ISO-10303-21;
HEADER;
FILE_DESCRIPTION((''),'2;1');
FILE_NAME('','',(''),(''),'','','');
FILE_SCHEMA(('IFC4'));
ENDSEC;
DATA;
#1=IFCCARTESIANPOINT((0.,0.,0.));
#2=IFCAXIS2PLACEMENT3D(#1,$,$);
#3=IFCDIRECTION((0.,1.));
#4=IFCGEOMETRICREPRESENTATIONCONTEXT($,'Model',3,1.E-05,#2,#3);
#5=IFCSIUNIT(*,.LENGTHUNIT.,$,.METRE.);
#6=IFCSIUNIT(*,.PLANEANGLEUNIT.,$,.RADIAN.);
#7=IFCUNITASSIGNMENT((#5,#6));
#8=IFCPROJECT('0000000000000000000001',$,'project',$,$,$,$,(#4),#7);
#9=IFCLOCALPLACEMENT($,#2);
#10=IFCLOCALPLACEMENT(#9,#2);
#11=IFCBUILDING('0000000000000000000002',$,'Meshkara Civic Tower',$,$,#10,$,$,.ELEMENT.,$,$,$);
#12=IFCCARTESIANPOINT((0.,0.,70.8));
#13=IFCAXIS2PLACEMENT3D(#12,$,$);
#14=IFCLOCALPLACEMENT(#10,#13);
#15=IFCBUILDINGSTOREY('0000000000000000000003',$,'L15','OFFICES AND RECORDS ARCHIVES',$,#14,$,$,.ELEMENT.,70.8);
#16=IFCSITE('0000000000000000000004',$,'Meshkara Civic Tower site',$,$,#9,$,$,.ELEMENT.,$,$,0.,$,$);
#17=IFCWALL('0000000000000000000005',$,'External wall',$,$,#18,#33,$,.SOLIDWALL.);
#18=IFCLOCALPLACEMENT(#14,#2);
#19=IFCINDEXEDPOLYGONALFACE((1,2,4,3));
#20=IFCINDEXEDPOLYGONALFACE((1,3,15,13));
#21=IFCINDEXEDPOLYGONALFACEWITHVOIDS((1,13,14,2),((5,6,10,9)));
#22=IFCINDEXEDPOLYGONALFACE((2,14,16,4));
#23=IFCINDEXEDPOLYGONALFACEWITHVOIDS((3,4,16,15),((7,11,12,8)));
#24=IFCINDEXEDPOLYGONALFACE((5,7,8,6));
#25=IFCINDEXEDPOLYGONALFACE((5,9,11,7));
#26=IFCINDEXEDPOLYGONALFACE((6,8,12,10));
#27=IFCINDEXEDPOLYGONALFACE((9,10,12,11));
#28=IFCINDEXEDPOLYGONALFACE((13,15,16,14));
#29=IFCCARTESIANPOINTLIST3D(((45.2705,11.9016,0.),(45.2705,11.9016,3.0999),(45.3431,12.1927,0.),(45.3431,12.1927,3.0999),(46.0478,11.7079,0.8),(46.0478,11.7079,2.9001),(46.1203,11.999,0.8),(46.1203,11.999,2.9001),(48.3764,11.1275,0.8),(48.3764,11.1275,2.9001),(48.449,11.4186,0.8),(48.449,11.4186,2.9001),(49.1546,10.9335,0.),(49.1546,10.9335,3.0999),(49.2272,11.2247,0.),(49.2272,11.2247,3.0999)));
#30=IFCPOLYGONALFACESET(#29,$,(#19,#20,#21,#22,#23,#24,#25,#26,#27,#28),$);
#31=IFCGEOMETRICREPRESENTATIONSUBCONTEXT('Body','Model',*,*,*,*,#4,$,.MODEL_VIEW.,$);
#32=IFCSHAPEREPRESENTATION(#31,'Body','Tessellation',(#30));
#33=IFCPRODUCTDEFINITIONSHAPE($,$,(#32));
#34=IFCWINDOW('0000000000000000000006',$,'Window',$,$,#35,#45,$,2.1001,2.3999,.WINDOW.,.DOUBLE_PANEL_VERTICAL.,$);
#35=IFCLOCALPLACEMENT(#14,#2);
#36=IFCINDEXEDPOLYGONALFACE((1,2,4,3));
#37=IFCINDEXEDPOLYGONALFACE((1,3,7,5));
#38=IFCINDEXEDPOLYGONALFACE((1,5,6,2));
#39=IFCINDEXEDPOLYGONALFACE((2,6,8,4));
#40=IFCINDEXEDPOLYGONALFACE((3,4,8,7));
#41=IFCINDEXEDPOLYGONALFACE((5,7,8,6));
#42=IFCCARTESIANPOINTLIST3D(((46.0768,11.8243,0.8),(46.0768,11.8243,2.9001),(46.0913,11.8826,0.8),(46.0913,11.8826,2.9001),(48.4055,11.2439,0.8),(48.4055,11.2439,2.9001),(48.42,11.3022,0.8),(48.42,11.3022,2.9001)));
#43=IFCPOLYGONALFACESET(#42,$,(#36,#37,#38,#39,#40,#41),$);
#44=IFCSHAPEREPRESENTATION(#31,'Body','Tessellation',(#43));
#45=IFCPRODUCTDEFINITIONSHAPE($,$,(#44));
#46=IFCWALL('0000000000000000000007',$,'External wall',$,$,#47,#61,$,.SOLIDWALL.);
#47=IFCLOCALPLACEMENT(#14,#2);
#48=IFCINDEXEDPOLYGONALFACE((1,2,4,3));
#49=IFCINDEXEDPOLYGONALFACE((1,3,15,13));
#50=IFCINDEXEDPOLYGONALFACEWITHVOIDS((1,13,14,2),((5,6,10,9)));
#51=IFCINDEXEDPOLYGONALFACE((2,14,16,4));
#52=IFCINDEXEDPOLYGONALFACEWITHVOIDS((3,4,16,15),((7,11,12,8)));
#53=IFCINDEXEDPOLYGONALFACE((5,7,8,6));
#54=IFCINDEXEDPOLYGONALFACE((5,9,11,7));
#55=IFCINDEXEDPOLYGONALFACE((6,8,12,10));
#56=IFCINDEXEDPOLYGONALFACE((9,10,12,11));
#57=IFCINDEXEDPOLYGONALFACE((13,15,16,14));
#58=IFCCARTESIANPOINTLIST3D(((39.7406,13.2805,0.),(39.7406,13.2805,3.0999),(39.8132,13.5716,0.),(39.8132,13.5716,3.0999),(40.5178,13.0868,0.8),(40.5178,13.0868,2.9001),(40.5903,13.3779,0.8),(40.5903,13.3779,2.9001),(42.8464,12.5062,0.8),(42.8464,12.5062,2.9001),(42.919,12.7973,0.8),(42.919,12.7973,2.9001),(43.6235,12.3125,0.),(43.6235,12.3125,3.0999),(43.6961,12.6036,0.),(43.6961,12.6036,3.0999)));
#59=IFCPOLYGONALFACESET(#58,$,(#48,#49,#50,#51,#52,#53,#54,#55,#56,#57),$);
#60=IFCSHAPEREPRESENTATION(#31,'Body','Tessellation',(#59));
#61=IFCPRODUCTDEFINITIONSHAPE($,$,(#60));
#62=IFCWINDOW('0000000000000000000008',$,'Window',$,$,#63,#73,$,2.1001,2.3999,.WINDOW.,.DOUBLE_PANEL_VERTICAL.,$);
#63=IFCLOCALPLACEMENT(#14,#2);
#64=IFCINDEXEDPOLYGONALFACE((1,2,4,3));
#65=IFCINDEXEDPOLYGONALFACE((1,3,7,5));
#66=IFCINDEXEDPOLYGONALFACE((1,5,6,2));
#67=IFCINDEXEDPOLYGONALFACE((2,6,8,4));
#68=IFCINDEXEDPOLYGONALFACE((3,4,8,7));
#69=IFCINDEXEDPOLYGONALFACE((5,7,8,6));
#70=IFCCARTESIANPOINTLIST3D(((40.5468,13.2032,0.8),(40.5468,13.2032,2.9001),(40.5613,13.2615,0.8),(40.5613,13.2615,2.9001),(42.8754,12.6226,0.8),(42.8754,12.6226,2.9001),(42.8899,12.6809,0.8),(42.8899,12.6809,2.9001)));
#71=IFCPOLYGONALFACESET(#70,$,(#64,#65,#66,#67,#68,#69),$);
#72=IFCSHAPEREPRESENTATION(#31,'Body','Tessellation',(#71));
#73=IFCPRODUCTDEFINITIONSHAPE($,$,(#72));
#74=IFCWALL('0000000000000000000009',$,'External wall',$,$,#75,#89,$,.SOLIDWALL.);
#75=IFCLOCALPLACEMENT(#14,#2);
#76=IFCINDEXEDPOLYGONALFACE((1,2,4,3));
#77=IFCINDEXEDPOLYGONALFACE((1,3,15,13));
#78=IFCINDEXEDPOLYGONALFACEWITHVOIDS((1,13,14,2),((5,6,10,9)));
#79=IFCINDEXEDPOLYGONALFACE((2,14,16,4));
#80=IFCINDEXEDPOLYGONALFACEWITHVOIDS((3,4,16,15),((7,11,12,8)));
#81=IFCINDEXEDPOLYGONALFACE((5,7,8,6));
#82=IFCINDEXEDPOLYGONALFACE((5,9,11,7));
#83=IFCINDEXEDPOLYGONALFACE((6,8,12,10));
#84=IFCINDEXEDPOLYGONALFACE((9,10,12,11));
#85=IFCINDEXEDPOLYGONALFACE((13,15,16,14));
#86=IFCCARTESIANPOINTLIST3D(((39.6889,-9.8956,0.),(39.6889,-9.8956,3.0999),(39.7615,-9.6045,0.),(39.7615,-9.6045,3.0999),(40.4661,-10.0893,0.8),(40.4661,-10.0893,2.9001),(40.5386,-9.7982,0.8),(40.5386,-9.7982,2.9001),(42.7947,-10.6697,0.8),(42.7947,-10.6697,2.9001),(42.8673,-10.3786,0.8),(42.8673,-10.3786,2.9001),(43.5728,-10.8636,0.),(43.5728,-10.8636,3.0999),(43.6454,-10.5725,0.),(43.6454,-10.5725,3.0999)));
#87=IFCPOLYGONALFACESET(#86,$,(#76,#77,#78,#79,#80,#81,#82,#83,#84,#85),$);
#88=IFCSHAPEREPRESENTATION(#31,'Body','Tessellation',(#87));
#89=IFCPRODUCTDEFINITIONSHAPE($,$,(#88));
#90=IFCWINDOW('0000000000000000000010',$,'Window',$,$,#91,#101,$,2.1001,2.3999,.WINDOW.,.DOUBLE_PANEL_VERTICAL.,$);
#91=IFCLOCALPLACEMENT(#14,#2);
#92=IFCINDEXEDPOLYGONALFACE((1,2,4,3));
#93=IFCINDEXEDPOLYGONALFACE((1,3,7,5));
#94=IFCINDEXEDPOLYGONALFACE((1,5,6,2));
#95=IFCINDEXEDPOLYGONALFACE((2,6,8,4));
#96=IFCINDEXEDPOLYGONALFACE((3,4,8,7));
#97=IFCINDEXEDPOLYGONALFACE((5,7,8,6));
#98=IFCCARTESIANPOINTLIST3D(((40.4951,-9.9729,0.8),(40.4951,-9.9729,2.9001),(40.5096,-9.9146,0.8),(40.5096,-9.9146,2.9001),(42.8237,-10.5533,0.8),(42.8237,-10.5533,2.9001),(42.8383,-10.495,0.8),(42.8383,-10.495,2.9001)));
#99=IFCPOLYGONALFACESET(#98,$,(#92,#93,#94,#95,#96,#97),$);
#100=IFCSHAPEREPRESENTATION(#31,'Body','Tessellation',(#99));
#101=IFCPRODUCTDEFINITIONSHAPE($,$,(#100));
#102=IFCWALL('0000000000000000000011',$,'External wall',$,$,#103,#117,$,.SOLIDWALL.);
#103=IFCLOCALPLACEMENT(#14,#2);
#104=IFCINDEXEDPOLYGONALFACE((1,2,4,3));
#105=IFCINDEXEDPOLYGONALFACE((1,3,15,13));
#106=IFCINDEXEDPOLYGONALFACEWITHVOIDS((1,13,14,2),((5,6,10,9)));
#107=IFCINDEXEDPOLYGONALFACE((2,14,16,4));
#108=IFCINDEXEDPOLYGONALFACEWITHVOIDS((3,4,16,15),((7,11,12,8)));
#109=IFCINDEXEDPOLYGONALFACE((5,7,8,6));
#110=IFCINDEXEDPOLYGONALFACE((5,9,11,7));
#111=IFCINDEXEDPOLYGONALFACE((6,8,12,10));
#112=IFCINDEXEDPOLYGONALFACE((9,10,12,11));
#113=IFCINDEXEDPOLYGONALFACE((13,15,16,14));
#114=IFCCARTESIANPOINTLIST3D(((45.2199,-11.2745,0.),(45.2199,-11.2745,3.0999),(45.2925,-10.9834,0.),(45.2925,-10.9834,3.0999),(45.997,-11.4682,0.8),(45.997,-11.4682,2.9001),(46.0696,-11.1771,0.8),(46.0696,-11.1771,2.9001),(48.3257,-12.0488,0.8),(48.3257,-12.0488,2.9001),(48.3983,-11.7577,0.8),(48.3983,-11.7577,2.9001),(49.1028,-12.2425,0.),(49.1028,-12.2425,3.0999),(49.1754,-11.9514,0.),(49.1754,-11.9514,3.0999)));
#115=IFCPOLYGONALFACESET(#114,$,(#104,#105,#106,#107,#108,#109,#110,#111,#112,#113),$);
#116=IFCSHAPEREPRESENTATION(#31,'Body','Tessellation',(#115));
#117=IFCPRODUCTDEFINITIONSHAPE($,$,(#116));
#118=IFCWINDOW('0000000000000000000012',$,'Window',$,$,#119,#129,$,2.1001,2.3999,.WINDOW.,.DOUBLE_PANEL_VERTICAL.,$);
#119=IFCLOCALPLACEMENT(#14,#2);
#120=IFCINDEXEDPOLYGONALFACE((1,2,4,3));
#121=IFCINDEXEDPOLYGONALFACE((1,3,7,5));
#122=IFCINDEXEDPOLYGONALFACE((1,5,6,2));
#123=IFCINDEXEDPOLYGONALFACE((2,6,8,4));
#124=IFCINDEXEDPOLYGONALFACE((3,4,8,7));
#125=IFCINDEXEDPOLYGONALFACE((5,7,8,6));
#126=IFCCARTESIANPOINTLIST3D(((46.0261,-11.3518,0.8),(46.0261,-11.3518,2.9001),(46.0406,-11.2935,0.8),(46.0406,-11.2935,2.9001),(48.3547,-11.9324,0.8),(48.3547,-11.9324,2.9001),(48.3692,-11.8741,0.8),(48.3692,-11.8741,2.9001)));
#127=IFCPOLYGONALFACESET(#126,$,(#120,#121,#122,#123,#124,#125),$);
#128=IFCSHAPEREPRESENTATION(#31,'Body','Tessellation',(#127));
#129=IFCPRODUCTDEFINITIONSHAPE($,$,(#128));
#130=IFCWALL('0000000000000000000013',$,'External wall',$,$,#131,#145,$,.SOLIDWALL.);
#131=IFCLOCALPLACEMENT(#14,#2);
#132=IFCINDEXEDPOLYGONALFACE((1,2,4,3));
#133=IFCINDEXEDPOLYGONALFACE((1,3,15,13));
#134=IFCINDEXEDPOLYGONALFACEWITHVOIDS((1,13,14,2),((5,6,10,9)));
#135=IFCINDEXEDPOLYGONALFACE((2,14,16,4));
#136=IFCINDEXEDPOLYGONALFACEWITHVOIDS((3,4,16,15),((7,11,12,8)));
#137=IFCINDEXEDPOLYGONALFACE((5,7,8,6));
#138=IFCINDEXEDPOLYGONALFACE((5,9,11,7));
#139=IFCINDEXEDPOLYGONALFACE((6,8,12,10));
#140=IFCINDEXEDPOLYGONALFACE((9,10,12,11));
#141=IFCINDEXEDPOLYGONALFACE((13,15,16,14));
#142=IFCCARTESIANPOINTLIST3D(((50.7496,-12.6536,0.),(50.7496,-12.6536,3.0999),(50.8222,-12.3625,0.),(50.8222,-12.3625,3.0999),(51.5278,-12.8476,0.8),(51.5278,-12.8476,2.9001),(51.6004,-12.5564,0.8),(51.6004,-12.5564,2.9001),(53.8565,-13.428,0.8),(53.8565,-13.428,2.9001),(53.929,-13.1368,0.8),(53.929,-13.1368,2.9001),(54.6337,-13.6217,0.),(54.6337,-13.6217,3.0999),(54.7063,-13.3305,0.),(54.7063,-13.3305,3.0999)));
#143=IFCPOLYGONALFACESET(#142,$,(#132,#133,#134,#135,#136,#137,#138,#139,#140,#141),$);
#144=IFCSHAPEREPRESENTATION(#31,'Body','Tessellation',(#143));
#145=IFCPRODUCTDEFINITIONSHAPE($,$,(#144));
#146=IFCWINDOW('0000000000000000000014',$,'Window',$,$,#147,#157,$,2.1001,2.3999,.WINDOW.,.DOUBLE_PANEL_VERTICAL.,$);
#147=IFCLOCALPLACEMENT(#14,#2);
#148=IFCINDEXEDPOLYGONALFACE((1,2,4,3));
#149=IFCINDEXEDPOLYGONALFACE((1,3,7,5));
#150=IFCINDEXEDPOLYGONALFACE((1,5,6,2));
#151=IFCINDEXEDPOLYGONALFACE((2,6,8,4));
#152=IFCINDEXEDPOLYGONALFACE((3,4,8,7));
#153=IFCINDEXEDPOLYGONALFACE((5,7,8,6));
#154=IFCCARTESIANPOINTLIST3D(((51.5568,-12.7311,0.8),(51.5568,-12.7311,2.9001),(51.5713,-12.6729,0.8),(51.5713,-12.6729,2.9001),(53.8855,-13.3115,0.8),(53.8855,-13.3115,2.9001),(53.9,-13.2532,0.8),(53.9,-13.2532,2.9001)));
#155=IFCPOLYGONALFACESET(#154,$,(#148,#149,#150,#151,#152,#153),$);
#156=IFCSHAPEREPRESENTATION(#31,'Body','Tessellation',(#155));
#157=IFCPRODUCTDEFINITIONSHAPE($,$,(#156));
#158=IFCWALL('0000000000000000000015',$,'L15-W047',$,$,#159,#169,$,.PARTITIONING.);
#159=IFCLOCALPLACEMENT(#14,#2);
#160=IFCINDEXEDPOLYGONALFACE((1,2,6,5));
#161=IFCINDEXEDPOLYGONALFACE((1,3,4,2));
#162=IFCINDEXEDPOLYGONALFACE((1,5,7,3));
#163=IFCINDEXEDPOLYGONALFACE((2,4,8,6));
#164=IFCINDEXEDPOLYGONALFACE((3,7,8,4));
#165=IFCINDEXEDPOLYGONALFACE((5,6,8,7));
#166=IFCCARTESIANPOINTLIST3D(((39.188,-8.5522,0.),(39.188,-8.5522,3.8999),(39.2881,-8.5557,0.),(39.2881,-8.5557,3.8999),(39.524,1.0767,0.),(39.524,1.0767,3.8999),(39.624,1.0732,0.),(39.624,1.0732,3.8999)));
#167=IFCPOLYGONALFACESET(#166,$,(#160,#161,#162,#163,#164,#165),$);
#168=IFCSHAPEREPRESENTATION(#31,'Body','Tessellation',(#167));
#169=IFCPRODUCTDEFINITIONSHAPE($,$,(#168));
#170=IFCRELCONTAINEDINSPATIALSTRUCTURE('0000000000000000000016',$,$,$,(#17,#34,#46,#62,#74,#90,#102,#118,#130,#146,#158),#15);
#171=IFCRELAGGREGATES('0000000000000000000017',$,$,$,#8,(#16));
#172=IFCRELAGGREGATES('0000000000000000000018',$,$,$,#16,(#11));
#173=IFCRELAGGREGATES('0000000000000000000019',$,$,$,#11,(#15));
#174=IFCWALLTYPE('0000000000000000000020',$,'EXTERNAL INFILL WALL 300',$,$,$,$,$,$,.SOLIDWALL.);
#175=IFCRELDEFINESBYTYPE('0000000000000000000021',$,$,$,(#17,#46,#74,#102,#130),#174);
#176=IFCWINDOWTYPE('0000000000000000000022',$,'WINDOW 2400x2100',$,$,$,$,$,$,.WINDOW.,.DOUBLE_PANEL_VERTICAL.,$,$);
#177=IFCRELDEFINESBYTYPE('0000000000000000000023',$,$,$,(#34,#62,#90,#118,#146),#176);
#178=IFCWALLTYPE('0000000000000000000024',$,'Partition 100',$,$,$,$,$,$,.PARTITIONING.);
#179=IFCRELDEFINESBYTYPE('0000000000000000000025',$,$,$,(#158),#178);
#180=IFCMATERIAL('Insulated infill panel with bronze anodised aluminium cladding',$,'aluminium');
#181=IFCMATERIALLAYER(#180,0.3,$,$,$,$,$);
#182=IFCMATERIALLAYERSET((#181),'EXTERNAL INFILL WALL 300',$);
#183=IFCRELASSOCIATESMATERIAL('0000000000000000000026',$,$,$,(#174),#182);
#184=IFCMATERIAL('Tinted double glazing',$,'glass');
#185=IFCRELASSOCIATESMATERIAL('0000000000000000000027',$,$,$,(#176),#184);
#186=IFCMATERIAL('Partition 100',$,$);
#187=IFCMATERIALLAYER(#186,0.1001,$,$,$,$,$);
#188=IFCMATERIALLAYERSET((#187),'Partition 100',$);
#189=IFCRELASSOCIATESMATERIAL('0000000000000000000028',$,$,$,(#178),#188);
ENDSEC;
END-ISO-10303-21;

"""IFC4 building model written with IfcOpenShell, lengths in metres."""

from ifc_helpers import new_model, si_unit, direction, frame, frame_2d, origin, place, context, subcontext, project, spatial, rectangle, extrude, material, layer, layer_set, type_object, element, fill, save


model = new_model("IFC4")

# Units and contexts
model_context = context("Model", 3, precision=1e-05, world=origin(), true_north=direction((0.0, 1.0)))
body_context = subcontext(model_context, "Body", "Model", "MODEL_VIEW")
ifc_project = project(units=[si_unit("LENGTHUNIT", "METRE"), si_unit("PLANEANGLEUNIT", "RADIAN")], contexts=[model_context])

# Site, building, storey
site_placement = place(None, origin())
site = spatial("IfcSite", under=ifc_project, at=site_placement, Name="Meshkara Civic Tower site", CompositionType="ELEMENT", RefElevation=0.0)
building_placement = place(site_placement, origin())
building = spatial("IfcBuilding", under=site, at=building_placement, Name="Meshkara Civic Tower", CompositionType="ELEMENT")
storey_placement = place(building_placement, frame((0.0, 0.0, 70.8)))
storey = spatial("IfcBuildingStorey", under=building, at=storey_placement, Name="L15", Description="OFFICES AND RECORDS ARCHIVES", CompositionType="ELEMENT", Elevation=70.8)

# Walls, openings, windows
ifc_material_1 = material(Name="Insulated infill panel with bronze anodised aluminium cladding", Category="aluminium")
ifc_layer_1 = layer(ifc_material_1, 0.3)
ifc_layer_set_1 = layer_set([ifc_layer_1], Name="EXTERNAL INFILL WALL 300")
wall_type_1 = type_object("IfcWallType", Name="EXTERNAL INFILL WALL 300", PredefinedType="SOLIDWALL", material=ifc_layer_set_1)
wall_1_placement = place(storey_placement, frame((49.1909, 11.0791, 0.0), z_axis=(0.0, 0.0, 1.0), x_axis=(-0.970318, 0.241832, 0.0)))
wall_1 = element("IfcWall", 1, at=wall_1_placement, inside=storey, type_object=wall_type_1, Name="External wall", PredefinedType="SOLIDWALL", context=body_context, shape_type="SweptSolid", body=[
    extrude(rectangle(XDim=4.0029, YDim=0.3, at=frame_2d((2.0015, 0.0))), origin(), (0.0, 0.0, 1.0), 3.0999),
])
opening_1_placement = place(wall_1_placement, frame((0.802, 0.0, 0.8)))
opening_1 = element("IfcOpeningElement", 2, at=opening_1_placement, cuts=wall_1, PredefinedType="OPENING", context=body_context, shape_type="SweptSolid", body=[
    extrude(rectangle(XDim=2.3999, YDim=2.1001, at=frame_2d((1.2, 1.05))), frame((0.0, 0.1599, 0.0), z_axis=(0.0, -1.0, 0.0), x_axis=(1.0, 0.0, 0.0)), (0.0, 0.0, 1.0), 0.3201),
])
ifc_material_2 = material(Name="Tinted double glazing", Category="glass")
window_type = type_object("IfcWindowType", Name="WINDOW 2400x2100", PartitioningType="DOUBLE_PANEL_VERTICAL", PredefinedType="WINDOW", material=ifc_material_2)
window_1_placement = place(opening_1_placement, origin())
window_1 = element("IfcWindow", 3, at=window_1_placement, inside=storey, type_object=window_type, Name="Window", OverallHeight=2.1001, OverallWidth=2.3999, PartitioningType="DOUBLE_PANEL_VERTICAL", PredefinedType="WINDOW", context=body_context, shape_type="SweptSolid", body=[
    extrude(rectangle(XDim=2.3999, YDim=2.1001, at=frame_2d((1.2, 1.05))), frame((0.0, 0.03, 0.0), z_axis=(0.0, -1.0, 0.0), x_axis=(1.0, 0.0, 0.0)), (0.0, 0.0, 1.0), 0.0601),
])
fill(opening_1, window_1)
wall_2_placement = place(storey_placement, frame((43.6599, 12.458, 0.0), z_axis=(0.0, 0.0, 1.0), x_axis=(-0.9703, 0.241904, 0.0)))
wall_2 = element("IfcWall", 4, at=wall_2_placement, inside=storey, type_object=wall_type_1, Name="External wall", PredefinedType="SOLIDWALL", context=body_context, shape_type="SweptSolid", body=[
    extrude(rectangle(XDim=4.0017, YDim=0.3, at=frame_2d((2.001, 0.0))), origin(), (0.0, 0.0, 1.0), 3.0999),
])
opening_2_placement = place(wall_2_placement, frame((0.801, 0.0, 0.8)))
opening_2 = element("IfcOpeningElement", 5, at=opening_2_placement, cuts=wall_2, PredefinedType="OPENING", context=body_context, shape_type="SweptSolid", body=[
    extrude(rectangle(XDim=2.3999, YDim=2.1001, at=frame_2d((1.2, 1.05))), frame((0.0, 0.1599, 0.0), z_axis=(0.0, -1.0, 0.0), x_axis=(1.0, 0.0, 0.0)), (0.0, 0.0, 1.0), 0.3201),
])
window_2_placement = place(opening_2_placement, origin())
window_2 = element("IfcWindow", 6, at=window_2_placement, inside=storey, type_object=window_type, Name="Window", OverallHeight=2.1001, OverallWidth=2.3999, PartitioningType="DOUBLE_PANEL_VERTICAL", PredefinedType="WINDOW", context=body_context, shape_type="SweptSolid", body=[
    extrude(rectangle(XDim=2.3999, YDim=2.1001, at=frame_2d((1.2, 1.05))), frame((0.0, 0.03, 0.0), z_axis=(0.0, -1.0, 0.0), x_axis=(1.0, 0.0, 0.0)), (0.0, 0.0, 1.0), 0.0601),
])
fill(opening_2, window_2)
wall_3_placement = place(storey_placement, frame((39.7251, -9.75, 0.0), z_axis=(0.0, 0.0, 1.0), x_axis=(0.970314, -0.241847, 0.0)))
wall_3 = element("IfcWall", 7, at=wall_3_placement, inside=storey, type_object=wall_type_1, Name="External wall", PredefinedType="SOLIDWALL", context=body_context, shape_type="SweptSolid", body=[
    extrude(rectangle(XDim=4.0027, YDim=0.3, at=frame_2d((2.0015, 0.0))), origin(), (0.0, 0.0, 1.0), 3.0999),
])
opening_3_placement = place(wall_3_placement, frame((0.801, 0.0, 0.8)))
opening_3 = element("IfcOpeningElement", 8, at=opening_3_placement, cuts=wall_3, PredefinedType="OPENING", context=body_context, shape_type="SweptSolid", body=[
    extrude(rectangle(XDim=2.3999, YDim=2.1001, at=frame_2d((1.2, 1.05))), frame((0.0, 0.1599, 0.0), z_axis=(0.0, -1.0, 0.0), x_axis=(1.0, 0.0, 0.0)), (0.0, 0.0, 1.0), 0.3201),
])
window_3_placement = place(opening_3_placement, origin())
window_3 = element("IfcWindow", 9, at=window_3_placement, inside=storey, type_object=window_type, Name="Window", OverallHeight=2.1001, OverallWidth=2.3999, PartitioningType="DOUBLE_PANEL_VERTICAL", PredefinedType="WINDOW", context=body_context, shape_type="SweptSolid", body=[
    extrude(rectangle(XDim=2.3999, YDim=2.1001, at=frame_2d((1.2, 1.05))), frame((0.0, 0.03, 0.0), z_axis=(0.0, -1.0, 0.0), x_axis=(1.0, 0.0, 0.0)), (0.0, 0.0, 1.0), 0.0601),
])
fill(opening_3, window_3)
wall_4_placement = place(storey_placement, frame((45.2561, -11.1289, 0.0), z_axis=(0.0, 0.0, 1.0), x_axis=(0.9703, -0.241904, 0.0)))
wall_4 = element("IfcWall", 10, at=wall_4_placement, inside=storey, type_object=wall_type_1, Name="External wall", PredefinedType="SOLIDWALL", context=body_context, shape_type="SweptSolid", body=[
    extrude(rectangle(XDim=4.0017, YDim=0.3, at=frame_2d((2.001, 0.0))), origin(), (0.0, 0.0, 1.0), 3.0999),
])
opening_4_placement = place(wall_4_placement, frame((0.801, 0.0, 0.8)))
opening_4 = element("IfcOpeningElement", 11, at=opening_4_placement, cuts=wall_4, PredefinedType="OPENING", context=body_context, shape_type="SweptSolid", body=[
    extrude(rectangle(XDim=2.3999, YDim=2.1001, at=frame_2d((1.2, 1.05))), frame((0.0, 0.1599, 0.0), z_axis=(0.0, -1.0, 0.0), x_axis=(1.0, 0.0, 0.0)), (0.0, 0.0, 1.0), 0.3201),
])
window_4_placement = place(opening_4_placement, origin())
window_4 = element("IfcWindow", 12, at=window_4_placement, inside=storey, type_object=window_type, Name="Window", OverallHeight=2.1001, OverallWidth=2.3999, PartitioningType="DOUBLE_PANEL_VERTICAL", PredefinedType="WINDOW", context=body_context, shape_type="SweptSolid", body=[
    extrude(rectangle(XDim=2.3999, YDim=2.1001, at=frame_2d((1.2, 1.05))), frame((0.0, 0.03, 0.0), z_axis=(0.0, -1.0, 0.0), x_axis=(1.0, 0.0, 0.0)), (0.0, 0.0, 1.0), 0.0601),
])
fill(opening_4, window_4)
wall_5_placement = place(storey_placement, frame((50.7859, -12.5081, 0.0), z_axis=(0.0, 0.0, 1.0), x_axis=(0.970318, -0.241832, 0.0)))
wall_5 = element("IfcWall", 13, at=wall_5_placement, inside=storey, type_object=wall_type_1, Name="External wall", PredefinedType="SOLIDWALL", context=body_context, shape_type="SweptSolid", body=[
    extrude(rectangle(XDim=4.0029, YDim=0.3, at=frame_2d((2.0015, 0.0))), origin(), (0.0, 0.0, 1.0), 3.0999),
])
opening_5_placement = place(wall_5_placement, frame((0.802, 0.0, 0.8)))
opening_5 = element("IfcOpeningElement", 14, at=opening_5_placement, cuts=wall_5, PredefinedType="OPENING", context=body_context, shape_type="SweptSolid", body=[
    extrude(rectangle(XDim=2.3999, YDim=2.1001, at=frame_2d((1.2, 1.05))), frame((0.0, 0.1599, 0.0), z_axis=(0.0, -1.0, 0.0), x_axis=(1.0, 0.0, 0.0)), (0.0, 0.0, 1.0), 0.3201),
])
window_5_placement = place(opening_5_placement, origin())
window_5 = element("IfcWindow", 15, at=window_5_placement, inside=storey, type_object=window_type, Name="Window", OverallHeight=2.1001, OverallWidth=2.3999, PartitioningType="DOUBLE_PANEL_VERTICAL", PredefinedType="WINDOW", context=body_context, shape_type="SweptSolid", body=[
    extrude(rectangle(XDim=2.3999, YDim=2.1001, at=frame_2d((1.2, 1.05))), frame((0.0, 0.03, 0.0), z_axis=(0.0, -1.0, 0.0), x_axis=(1.0, 0.0, 0.0)), (0.0, 0.0, 1.0), 0.0601),
])
fill(opening_5, window_5)

# Wall
ifc_material_3 = material(Name="Partition 100")
ifc_layer_2 = layer(ifc_material_3, 0.1001)
ifc_layer_set_2 = layer_set([ifc_layer_2], Name="Partition 100")
wall_type_2 = type_object("IfcWallType", Name="Partition 100", PredefinedType="PARTITIONING", material=ifc_layer_set_2)
wall_6_placement = place(storey_placement, frame((39.238, -8.554, 0.0), z_axis=(0.0, 0.0, 1.0), x_axis=(0.034867, 0.999392, 0.0)))
element("IfcWall", 16, at=wall_6_placement, inside=storey, type_object=wall_type_2, Name="L15-W047", PredefinedType="PARTITIONING", context=body_context, shape_type="SweptSolid", body=[
    extrude(rectangle(XDim=9.6348, YDim=0.1001, at=frame_2d((4.8174, 0.0))), origin(), (0.0, 0.0, 1.0), 3.8999),
])

save(model, "model.ifc")
